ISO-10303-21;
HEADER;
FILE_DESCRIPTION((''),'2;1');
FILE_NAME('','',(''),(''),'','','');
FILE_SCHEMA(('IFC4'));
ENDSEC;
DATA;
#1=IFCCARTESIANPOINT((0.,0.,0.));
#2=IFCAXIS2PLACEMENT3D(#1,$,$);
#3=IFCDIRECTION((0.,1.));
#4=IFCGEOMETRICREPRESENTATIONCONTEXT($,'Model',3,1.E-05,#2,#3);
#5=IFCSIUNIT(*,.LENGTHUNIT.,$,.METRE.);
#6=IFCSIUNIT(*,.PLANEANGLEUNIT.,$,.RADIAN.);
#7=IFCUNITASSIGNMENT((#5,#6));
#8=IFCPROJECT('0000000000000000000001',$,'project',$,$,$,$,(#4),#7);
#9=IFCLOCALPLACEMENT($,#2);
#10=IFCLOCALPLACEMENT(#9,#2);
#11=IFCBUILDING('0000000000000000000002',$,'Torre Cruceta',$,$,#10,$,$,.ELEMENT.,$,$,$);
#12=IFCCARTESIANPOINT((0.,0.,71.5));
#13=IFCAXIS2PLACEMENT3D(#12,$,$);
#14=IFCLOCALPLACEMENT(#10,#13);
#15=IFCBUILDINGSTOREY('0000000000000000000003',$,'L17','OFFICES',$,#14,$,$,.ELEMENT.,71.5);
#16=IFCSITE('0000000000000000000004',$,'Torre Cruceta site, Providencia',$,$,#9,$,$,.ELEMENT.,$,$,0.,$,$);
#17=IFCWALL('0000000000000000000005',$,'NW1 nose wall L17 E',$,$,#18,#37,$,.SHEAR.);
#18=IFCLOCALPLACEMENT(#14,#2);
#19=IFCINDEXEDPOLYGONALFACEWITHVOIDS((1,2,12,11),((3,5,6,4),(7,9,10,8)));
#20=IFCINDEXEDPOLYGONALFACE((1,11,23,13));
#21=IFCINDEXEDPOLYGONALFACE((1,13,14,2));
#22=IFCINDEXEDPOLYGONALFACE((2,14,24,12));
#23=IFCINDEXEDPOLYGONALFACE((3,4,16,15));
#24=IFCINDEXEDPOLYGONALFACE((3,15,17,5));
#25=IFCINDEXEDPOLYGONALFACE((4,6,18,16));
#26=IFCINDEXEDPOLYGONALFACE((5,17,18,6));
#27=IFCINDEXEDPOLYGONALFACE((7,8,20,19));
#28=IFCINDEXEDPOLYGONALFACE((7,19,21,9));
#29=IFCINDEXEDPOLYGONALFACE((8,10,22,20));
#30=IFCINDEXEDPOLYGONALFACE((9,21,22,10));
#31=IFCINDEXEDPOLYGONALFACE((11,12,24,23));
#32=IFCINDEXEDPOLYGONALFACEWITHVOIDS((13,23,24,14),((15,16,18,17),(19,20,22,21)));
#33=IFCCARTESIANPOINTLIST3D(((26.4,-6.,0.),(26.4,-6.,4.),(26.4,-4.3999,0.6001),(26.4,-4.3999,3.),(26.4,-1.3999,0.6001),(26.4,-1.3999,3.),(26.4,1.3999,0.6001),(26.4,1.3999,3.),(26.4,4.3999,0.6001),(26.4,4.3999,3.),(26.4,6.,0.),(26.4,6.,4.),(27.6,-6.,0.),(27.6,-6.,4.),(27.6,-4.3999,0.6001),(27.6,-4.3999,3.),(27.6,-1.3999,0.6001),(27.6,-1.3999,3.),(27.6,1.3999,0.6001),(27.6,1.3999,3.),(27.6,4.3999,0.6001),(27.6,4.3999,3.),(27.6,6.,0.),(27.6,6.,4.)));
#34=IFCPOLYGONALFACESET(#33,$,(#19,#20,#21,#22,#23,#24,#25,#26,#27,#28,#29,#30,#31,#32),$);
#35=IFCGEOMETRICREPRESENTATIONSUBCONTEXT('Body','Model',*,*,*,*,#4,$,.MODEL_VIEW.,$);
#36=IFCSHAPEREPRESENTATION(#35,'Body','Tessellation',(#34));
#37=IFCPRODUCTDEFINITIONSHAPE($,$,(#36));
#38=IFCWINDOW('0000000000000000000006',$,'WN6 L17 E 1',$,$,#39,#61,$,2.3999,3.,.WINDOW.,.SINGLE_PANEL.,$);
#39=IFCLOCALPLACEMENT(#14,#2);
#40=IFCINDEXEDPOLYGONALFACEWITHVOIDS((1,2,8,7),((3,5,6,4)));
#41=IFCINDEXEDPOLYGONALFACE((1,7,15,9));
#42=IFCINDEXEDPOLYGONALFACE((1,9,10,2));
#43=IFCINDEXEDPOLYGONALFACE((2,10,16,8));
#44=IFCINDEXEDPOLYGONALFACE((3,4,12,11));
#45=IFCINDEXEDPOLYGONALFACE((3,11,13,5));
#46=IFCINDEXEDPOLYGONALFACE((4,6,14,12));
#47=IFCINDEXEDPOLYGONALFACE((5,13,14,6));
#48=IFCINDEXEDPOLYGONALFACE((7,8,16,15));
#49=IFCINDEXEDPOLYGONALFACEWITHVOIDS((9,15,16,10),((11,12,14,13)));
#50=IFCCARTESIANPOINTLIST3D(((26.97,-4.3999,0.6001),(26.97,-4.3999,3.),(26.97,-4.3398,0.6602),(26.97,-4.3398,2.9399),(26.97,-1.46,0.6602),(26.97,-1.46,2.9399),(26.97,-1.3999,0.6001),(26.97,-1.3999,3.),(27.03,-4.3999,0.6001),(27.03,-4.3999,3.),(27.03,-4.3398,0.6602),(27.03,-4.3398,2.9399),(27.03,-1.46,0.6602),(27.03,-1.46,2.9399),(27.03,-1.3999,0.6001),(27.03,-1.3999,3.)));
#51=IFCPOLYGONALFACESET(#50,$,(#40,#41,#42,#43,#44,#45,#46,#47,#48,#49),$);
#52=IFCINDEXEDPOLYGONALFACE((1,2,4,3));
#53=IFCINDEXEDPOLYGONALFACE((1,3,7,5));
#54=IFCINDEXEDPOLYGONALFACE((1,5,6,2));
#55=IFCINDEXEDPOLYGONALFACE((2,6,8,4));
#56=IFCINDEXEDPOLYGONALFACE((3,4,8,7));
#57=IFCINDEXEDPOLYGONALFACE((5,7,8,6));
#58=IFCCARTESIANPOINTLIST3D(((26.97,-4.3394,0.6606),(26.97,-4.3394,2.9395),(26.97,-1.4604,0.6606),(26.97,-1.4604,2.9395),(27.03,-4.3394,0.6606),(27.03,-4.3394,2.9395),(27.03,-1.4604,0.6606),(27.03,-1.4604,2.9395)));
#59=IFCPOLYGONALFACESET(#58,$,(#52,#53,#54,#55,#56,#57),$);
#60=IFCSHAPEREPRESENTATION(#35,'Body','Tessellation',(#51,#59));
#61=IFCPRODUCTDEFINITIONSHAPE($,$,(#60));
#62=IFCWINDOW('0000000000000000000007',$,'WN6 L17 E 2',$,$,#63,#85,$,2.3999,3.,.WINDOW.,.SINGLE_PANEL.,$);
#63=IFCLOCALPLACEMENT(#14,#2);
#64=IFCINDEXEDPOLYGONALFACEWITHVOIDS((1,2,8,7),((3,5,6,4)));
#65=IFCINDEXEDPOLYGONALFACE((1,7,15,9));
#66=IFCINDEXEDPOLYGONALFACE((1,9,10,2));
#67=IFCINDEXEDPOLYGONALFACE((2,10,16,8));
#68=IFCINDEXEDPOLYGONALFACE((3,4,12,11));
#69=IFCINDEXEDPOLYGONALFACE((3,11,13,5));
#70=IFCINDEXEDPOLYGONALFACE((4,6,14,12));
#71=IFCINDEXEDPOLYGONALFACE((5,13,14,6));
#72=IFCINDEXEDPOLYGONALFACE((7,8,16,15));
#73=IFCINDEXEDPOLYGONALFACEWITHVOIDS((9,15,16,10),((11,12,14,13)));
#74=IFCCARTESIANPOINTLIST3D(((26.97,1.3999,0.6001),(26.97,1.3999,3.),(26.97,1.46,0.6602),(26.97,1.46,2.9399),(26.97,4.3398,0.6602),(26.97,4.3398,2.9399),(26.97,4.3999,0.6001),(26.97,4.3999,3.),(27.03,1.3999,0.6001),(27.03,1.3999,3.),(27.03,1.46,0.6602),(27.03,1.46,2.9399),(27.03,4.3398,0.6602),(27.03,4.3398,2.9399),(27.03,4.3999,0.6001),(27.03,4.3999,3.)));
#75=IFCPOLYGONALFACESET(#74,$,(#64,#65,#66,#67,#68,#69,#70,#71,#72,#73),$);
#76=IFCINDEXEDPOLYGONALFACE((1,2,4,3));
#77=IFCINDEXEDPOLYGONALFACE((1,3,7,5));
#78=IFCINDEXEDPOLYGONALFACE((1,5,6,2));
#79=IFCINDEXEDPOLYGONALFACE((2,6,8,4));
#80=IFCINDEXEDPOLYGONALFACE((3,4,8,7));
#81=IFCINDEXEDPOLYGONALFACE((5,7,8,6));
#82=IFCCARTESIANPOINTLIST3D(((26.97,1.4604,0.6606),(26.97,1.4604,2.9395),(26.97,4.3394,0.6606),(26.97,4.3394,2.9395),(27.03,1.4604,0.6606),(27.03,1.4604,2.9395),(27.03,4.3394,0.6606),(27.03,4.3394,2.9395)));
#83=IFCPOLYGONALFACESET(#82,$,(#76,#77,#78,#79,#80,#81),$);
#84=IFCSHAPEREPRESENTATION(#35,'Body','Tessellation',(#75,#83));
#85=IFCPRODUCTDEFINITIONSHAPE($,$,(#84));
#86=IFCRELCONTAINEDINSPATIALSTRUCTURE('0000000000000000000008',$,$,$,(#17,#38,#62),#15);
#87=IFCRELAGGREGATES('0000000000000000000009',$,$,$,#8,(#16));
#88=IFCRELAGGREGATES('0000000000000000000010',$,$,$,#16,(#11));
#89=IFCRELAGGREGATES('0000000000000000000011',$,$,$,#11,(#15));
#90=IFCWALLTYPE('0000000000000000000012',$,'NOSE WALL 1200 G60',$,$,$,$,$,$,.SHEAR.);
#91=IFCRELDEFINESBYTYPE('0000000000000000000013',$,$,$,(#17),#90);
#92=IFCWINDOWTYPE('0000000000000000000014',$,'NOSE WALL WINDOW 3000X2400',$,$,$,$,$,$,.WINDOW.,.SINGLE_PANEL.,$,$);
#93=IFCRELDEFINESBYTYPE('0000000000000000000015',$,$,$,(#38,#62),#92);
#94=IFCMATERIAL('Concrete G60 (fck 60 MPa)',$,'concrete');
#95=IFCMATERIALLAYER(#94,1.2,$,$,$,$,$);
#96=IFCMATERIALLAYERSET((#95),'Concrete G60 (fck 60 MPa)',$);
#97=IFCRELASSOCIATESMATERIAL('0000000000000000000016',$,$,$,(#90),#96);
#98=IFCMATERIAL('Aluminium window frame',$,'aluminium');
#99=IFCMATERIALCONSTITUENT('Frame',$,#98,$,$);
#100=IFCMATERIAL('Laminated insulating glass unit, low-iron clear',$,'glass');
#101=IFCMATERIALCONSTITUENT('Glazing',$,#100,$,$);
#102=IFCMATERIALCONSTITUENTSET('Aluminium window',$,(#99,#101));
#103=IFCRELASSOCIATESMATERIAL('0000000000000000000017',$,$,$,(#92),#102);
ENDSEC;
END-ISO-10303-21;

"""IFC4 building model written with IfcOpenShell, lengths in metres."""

from ifc_helpers import new_model, si_unit, direction, frame, frame_2d, origin, place, context, subcontext, project, spatial, rectangle, hollow_rectangle, extrude, material, layer, layer_set, constituent, constituent_set, type_object, element, fill, save


model = new_model("IFC4")

# Units and contexts
model_context = context("Model", 3, precision=1e-05, world=origin(), true_north=direction((0.0, 1.0)))
body_context = subcontext(model_context, "Body", "Model", "MODEL_VIEW")
ifc_project = project(units=[si_unit("LENGTHUNIT", "METRE"), si_unit("PLANEANGLEUNIT", "RADIAN")], contexts=[model_context])

# Site, building, storey
site_placement = place(None, origin())
site = spatial("IfcSite", under=ifc_project, at=site_placement, Name="Torre Cruceta site, Providencia", CompositionType="ELEMENT", RefElevation=0.0)
building_placement = place(site_placement, origin())
building = spatial("IfcBuilding", under=site, at=building_placement, Name="Torre Cruceta", CompositionType="ELEMENT")
storey_placement = place(building_placement, frame((0.0, 0.0, 71.5)))
storey = spatial("IfcBuildingStorey", under=building, at=storey_placement, Name="L17", Description="OFFICES", CompositionType="ELEMENT", Elevation=71.5)

# Wall, openings, windows
ifc_material_1 = material(Name="Concrete G60 (fck 60 MPa)", Category="concrete")
ifc_layer = layer(ifc_material_1, 1.2)
ifc_layer_set = layer_set([ifc_layer], Name="Concrete G60 (fck 60 MPa)")
wall_type = type_object("IfcWallType", Name="NOSE WALL 1200 G60", PredefinedType="SHEAR", material=ifc_layer_set)
wall_placement = place(storey_placement, frame((27.0, -6.0, 0.0), z_axis=(0.0, 0.0, 1.0), x_axis=(0.0, 1.0, 0.0)))
wall = element("IfcWall", 1, at=wall_placement, inside=storey, type_object=wall_type, Name="NW1 nose wall L17 E", PredefinedType="SHEAR", context=body_context, shape_type="SweptSolid", body=[
    extrude(rectangle(XDim=12.0, YDim=1.2, at=frame_2d((6.0, 0.0))), origin(), (0.0, 0.0, 1.0), 4.0),
])
opening_1_placement = place(wall_placement, frame((1.6001, 0.0, 0.6001)))
opening_1 = element("IfcOpeningElement", 2, at=opening_1_placement, cuts=wall, PredefinedType="OPENING", context=body_context, shape_type="SweptSolid", body=[
    extrude(rectangle(XDim=3.0, YDim=2.3999, at=frame_2d((1.5, 1.2))), frame((0.0, 0.6099, 0.0), z_axis=(0.0, -1.0, 0.0), x_axis=(1.0, 0.0, 0.0)), (0.0, 0.0, 1.0), 1.22),
])
opening_2_placement = place(wall_placement, frame((7.3999, 0.0, 0.6001)))
opening_2 = element("IfcOpeningElement", 3, at=opening_2_placement, cuts=wall, PredefinedType="OPENING", context=body_context, shape_type="SweptSolid", body=[
    extrude(rectangle(XDim=3.0, YDim=2.3999, at=frame_2d((1.5, 1.2))), frame((0.0, 0.6099, 0.0), z_axis=(0.0, -1.0, 0.0), x_axis=(1.0, 0.0, 0.0)), (0.0, 0.0, 1.0), 1.22),
])
ifc_material_2 = material(Name="Aluminium window frame", Category="aluminium")
ifc_constituent_1 = constituent(ifc_material_2, Name="Frame")
ifc_material_3 = material(Name="Laminated insulating glass unit, low-iron clear", Category="glass")
ifc_constituent_2 = constituent(ifc_material_3, Name="Glazing")
ifc_constituent_set = constituent_set(constituents=[ifc_constituent_1, ifc_constituent_2], Name="Aluminium window")
window_type = type_object("IfcWindowType", Name="NOSE WALL WINDOW 3000X2400", PartitioningType="SINGLE_PANEL", PredefinedType="WINDOW", material=ifc_constituent_set)
window_1_placement = place(opening_1_placement, origin())
window_1 = element("IfcWindow", 4, at=window_1_placement, inside=storey, type_object=window_type, Name="WN6 L17 E 1", OverallHeight=2.3999, OverallWidth=3.0, PartitioningType="SINGLE_PANEL", PredefinedType="WINDOW", context=body_context, shape_type="SweptSolid", body=[
    extrude(hollow_rectangle(XDim=3.0, YDim=2.3999, WallThickness=0.0601, at=frame_2d((1.5, 1.2))), frame((0.0, 0.03, 0.0), z_axis=(0.0, -1.0, 0.0), x_axis=(1.0, 0.0, 0.0)), (0.0, 0.0, 1.0), 0.0601),
    extrude(rectangle(XDim=2.8789, YDim=2.2788, at=frame_2d((1.5, 1.2))), frame((0.0, 0.03, 0.0), z_axis=(0.0, -1.0, 0.0), x_axis=(1.0, 0.0, 0.0)), (0.0, 0.0, 1.0), 0.0601),
])
fill(opening_1, window_1)
window_2_placement = place(opening_2_placement, origin())
window_2 = element("IfcWindow", 5, at=window_2_placement, inside=storey, type_object=window_type, Name="WN6 L17 E 2", OverallHeight=2.3999, OverallWidth=3.0, PartitioningType="SINGLE_PANEL", PredefinedType="WINDOW", context=body_context, shape_type="SweptSolid", body=[
    extrude(hollow_rectangle(XDim=3.0, YDim=2.3999, WallThickness=0.0601, at=frame_2d((1.5, 1.2))), frame((0.0, 0.03, 0.0), z_axis=(0.0, -1.0, 0.0), x_axis=(1.0, 0.0, 0.0)), (0.0, 0.0, 1.0), 0.0601),
    extrude(rectangle(XDim=2.8789, YDim=2.2788, at=frame_2d((1.5, 1.2))), frame((0.0, 0.03, 0.0), z_axis=(0.0, -1.0, 0.0), x_axis=(1.0, 0.0, 0.0)), (0.0, 0.0, 1.0), 0.0601),
])
fill(opening_2, window_2)

save(model, "model.ifc")
